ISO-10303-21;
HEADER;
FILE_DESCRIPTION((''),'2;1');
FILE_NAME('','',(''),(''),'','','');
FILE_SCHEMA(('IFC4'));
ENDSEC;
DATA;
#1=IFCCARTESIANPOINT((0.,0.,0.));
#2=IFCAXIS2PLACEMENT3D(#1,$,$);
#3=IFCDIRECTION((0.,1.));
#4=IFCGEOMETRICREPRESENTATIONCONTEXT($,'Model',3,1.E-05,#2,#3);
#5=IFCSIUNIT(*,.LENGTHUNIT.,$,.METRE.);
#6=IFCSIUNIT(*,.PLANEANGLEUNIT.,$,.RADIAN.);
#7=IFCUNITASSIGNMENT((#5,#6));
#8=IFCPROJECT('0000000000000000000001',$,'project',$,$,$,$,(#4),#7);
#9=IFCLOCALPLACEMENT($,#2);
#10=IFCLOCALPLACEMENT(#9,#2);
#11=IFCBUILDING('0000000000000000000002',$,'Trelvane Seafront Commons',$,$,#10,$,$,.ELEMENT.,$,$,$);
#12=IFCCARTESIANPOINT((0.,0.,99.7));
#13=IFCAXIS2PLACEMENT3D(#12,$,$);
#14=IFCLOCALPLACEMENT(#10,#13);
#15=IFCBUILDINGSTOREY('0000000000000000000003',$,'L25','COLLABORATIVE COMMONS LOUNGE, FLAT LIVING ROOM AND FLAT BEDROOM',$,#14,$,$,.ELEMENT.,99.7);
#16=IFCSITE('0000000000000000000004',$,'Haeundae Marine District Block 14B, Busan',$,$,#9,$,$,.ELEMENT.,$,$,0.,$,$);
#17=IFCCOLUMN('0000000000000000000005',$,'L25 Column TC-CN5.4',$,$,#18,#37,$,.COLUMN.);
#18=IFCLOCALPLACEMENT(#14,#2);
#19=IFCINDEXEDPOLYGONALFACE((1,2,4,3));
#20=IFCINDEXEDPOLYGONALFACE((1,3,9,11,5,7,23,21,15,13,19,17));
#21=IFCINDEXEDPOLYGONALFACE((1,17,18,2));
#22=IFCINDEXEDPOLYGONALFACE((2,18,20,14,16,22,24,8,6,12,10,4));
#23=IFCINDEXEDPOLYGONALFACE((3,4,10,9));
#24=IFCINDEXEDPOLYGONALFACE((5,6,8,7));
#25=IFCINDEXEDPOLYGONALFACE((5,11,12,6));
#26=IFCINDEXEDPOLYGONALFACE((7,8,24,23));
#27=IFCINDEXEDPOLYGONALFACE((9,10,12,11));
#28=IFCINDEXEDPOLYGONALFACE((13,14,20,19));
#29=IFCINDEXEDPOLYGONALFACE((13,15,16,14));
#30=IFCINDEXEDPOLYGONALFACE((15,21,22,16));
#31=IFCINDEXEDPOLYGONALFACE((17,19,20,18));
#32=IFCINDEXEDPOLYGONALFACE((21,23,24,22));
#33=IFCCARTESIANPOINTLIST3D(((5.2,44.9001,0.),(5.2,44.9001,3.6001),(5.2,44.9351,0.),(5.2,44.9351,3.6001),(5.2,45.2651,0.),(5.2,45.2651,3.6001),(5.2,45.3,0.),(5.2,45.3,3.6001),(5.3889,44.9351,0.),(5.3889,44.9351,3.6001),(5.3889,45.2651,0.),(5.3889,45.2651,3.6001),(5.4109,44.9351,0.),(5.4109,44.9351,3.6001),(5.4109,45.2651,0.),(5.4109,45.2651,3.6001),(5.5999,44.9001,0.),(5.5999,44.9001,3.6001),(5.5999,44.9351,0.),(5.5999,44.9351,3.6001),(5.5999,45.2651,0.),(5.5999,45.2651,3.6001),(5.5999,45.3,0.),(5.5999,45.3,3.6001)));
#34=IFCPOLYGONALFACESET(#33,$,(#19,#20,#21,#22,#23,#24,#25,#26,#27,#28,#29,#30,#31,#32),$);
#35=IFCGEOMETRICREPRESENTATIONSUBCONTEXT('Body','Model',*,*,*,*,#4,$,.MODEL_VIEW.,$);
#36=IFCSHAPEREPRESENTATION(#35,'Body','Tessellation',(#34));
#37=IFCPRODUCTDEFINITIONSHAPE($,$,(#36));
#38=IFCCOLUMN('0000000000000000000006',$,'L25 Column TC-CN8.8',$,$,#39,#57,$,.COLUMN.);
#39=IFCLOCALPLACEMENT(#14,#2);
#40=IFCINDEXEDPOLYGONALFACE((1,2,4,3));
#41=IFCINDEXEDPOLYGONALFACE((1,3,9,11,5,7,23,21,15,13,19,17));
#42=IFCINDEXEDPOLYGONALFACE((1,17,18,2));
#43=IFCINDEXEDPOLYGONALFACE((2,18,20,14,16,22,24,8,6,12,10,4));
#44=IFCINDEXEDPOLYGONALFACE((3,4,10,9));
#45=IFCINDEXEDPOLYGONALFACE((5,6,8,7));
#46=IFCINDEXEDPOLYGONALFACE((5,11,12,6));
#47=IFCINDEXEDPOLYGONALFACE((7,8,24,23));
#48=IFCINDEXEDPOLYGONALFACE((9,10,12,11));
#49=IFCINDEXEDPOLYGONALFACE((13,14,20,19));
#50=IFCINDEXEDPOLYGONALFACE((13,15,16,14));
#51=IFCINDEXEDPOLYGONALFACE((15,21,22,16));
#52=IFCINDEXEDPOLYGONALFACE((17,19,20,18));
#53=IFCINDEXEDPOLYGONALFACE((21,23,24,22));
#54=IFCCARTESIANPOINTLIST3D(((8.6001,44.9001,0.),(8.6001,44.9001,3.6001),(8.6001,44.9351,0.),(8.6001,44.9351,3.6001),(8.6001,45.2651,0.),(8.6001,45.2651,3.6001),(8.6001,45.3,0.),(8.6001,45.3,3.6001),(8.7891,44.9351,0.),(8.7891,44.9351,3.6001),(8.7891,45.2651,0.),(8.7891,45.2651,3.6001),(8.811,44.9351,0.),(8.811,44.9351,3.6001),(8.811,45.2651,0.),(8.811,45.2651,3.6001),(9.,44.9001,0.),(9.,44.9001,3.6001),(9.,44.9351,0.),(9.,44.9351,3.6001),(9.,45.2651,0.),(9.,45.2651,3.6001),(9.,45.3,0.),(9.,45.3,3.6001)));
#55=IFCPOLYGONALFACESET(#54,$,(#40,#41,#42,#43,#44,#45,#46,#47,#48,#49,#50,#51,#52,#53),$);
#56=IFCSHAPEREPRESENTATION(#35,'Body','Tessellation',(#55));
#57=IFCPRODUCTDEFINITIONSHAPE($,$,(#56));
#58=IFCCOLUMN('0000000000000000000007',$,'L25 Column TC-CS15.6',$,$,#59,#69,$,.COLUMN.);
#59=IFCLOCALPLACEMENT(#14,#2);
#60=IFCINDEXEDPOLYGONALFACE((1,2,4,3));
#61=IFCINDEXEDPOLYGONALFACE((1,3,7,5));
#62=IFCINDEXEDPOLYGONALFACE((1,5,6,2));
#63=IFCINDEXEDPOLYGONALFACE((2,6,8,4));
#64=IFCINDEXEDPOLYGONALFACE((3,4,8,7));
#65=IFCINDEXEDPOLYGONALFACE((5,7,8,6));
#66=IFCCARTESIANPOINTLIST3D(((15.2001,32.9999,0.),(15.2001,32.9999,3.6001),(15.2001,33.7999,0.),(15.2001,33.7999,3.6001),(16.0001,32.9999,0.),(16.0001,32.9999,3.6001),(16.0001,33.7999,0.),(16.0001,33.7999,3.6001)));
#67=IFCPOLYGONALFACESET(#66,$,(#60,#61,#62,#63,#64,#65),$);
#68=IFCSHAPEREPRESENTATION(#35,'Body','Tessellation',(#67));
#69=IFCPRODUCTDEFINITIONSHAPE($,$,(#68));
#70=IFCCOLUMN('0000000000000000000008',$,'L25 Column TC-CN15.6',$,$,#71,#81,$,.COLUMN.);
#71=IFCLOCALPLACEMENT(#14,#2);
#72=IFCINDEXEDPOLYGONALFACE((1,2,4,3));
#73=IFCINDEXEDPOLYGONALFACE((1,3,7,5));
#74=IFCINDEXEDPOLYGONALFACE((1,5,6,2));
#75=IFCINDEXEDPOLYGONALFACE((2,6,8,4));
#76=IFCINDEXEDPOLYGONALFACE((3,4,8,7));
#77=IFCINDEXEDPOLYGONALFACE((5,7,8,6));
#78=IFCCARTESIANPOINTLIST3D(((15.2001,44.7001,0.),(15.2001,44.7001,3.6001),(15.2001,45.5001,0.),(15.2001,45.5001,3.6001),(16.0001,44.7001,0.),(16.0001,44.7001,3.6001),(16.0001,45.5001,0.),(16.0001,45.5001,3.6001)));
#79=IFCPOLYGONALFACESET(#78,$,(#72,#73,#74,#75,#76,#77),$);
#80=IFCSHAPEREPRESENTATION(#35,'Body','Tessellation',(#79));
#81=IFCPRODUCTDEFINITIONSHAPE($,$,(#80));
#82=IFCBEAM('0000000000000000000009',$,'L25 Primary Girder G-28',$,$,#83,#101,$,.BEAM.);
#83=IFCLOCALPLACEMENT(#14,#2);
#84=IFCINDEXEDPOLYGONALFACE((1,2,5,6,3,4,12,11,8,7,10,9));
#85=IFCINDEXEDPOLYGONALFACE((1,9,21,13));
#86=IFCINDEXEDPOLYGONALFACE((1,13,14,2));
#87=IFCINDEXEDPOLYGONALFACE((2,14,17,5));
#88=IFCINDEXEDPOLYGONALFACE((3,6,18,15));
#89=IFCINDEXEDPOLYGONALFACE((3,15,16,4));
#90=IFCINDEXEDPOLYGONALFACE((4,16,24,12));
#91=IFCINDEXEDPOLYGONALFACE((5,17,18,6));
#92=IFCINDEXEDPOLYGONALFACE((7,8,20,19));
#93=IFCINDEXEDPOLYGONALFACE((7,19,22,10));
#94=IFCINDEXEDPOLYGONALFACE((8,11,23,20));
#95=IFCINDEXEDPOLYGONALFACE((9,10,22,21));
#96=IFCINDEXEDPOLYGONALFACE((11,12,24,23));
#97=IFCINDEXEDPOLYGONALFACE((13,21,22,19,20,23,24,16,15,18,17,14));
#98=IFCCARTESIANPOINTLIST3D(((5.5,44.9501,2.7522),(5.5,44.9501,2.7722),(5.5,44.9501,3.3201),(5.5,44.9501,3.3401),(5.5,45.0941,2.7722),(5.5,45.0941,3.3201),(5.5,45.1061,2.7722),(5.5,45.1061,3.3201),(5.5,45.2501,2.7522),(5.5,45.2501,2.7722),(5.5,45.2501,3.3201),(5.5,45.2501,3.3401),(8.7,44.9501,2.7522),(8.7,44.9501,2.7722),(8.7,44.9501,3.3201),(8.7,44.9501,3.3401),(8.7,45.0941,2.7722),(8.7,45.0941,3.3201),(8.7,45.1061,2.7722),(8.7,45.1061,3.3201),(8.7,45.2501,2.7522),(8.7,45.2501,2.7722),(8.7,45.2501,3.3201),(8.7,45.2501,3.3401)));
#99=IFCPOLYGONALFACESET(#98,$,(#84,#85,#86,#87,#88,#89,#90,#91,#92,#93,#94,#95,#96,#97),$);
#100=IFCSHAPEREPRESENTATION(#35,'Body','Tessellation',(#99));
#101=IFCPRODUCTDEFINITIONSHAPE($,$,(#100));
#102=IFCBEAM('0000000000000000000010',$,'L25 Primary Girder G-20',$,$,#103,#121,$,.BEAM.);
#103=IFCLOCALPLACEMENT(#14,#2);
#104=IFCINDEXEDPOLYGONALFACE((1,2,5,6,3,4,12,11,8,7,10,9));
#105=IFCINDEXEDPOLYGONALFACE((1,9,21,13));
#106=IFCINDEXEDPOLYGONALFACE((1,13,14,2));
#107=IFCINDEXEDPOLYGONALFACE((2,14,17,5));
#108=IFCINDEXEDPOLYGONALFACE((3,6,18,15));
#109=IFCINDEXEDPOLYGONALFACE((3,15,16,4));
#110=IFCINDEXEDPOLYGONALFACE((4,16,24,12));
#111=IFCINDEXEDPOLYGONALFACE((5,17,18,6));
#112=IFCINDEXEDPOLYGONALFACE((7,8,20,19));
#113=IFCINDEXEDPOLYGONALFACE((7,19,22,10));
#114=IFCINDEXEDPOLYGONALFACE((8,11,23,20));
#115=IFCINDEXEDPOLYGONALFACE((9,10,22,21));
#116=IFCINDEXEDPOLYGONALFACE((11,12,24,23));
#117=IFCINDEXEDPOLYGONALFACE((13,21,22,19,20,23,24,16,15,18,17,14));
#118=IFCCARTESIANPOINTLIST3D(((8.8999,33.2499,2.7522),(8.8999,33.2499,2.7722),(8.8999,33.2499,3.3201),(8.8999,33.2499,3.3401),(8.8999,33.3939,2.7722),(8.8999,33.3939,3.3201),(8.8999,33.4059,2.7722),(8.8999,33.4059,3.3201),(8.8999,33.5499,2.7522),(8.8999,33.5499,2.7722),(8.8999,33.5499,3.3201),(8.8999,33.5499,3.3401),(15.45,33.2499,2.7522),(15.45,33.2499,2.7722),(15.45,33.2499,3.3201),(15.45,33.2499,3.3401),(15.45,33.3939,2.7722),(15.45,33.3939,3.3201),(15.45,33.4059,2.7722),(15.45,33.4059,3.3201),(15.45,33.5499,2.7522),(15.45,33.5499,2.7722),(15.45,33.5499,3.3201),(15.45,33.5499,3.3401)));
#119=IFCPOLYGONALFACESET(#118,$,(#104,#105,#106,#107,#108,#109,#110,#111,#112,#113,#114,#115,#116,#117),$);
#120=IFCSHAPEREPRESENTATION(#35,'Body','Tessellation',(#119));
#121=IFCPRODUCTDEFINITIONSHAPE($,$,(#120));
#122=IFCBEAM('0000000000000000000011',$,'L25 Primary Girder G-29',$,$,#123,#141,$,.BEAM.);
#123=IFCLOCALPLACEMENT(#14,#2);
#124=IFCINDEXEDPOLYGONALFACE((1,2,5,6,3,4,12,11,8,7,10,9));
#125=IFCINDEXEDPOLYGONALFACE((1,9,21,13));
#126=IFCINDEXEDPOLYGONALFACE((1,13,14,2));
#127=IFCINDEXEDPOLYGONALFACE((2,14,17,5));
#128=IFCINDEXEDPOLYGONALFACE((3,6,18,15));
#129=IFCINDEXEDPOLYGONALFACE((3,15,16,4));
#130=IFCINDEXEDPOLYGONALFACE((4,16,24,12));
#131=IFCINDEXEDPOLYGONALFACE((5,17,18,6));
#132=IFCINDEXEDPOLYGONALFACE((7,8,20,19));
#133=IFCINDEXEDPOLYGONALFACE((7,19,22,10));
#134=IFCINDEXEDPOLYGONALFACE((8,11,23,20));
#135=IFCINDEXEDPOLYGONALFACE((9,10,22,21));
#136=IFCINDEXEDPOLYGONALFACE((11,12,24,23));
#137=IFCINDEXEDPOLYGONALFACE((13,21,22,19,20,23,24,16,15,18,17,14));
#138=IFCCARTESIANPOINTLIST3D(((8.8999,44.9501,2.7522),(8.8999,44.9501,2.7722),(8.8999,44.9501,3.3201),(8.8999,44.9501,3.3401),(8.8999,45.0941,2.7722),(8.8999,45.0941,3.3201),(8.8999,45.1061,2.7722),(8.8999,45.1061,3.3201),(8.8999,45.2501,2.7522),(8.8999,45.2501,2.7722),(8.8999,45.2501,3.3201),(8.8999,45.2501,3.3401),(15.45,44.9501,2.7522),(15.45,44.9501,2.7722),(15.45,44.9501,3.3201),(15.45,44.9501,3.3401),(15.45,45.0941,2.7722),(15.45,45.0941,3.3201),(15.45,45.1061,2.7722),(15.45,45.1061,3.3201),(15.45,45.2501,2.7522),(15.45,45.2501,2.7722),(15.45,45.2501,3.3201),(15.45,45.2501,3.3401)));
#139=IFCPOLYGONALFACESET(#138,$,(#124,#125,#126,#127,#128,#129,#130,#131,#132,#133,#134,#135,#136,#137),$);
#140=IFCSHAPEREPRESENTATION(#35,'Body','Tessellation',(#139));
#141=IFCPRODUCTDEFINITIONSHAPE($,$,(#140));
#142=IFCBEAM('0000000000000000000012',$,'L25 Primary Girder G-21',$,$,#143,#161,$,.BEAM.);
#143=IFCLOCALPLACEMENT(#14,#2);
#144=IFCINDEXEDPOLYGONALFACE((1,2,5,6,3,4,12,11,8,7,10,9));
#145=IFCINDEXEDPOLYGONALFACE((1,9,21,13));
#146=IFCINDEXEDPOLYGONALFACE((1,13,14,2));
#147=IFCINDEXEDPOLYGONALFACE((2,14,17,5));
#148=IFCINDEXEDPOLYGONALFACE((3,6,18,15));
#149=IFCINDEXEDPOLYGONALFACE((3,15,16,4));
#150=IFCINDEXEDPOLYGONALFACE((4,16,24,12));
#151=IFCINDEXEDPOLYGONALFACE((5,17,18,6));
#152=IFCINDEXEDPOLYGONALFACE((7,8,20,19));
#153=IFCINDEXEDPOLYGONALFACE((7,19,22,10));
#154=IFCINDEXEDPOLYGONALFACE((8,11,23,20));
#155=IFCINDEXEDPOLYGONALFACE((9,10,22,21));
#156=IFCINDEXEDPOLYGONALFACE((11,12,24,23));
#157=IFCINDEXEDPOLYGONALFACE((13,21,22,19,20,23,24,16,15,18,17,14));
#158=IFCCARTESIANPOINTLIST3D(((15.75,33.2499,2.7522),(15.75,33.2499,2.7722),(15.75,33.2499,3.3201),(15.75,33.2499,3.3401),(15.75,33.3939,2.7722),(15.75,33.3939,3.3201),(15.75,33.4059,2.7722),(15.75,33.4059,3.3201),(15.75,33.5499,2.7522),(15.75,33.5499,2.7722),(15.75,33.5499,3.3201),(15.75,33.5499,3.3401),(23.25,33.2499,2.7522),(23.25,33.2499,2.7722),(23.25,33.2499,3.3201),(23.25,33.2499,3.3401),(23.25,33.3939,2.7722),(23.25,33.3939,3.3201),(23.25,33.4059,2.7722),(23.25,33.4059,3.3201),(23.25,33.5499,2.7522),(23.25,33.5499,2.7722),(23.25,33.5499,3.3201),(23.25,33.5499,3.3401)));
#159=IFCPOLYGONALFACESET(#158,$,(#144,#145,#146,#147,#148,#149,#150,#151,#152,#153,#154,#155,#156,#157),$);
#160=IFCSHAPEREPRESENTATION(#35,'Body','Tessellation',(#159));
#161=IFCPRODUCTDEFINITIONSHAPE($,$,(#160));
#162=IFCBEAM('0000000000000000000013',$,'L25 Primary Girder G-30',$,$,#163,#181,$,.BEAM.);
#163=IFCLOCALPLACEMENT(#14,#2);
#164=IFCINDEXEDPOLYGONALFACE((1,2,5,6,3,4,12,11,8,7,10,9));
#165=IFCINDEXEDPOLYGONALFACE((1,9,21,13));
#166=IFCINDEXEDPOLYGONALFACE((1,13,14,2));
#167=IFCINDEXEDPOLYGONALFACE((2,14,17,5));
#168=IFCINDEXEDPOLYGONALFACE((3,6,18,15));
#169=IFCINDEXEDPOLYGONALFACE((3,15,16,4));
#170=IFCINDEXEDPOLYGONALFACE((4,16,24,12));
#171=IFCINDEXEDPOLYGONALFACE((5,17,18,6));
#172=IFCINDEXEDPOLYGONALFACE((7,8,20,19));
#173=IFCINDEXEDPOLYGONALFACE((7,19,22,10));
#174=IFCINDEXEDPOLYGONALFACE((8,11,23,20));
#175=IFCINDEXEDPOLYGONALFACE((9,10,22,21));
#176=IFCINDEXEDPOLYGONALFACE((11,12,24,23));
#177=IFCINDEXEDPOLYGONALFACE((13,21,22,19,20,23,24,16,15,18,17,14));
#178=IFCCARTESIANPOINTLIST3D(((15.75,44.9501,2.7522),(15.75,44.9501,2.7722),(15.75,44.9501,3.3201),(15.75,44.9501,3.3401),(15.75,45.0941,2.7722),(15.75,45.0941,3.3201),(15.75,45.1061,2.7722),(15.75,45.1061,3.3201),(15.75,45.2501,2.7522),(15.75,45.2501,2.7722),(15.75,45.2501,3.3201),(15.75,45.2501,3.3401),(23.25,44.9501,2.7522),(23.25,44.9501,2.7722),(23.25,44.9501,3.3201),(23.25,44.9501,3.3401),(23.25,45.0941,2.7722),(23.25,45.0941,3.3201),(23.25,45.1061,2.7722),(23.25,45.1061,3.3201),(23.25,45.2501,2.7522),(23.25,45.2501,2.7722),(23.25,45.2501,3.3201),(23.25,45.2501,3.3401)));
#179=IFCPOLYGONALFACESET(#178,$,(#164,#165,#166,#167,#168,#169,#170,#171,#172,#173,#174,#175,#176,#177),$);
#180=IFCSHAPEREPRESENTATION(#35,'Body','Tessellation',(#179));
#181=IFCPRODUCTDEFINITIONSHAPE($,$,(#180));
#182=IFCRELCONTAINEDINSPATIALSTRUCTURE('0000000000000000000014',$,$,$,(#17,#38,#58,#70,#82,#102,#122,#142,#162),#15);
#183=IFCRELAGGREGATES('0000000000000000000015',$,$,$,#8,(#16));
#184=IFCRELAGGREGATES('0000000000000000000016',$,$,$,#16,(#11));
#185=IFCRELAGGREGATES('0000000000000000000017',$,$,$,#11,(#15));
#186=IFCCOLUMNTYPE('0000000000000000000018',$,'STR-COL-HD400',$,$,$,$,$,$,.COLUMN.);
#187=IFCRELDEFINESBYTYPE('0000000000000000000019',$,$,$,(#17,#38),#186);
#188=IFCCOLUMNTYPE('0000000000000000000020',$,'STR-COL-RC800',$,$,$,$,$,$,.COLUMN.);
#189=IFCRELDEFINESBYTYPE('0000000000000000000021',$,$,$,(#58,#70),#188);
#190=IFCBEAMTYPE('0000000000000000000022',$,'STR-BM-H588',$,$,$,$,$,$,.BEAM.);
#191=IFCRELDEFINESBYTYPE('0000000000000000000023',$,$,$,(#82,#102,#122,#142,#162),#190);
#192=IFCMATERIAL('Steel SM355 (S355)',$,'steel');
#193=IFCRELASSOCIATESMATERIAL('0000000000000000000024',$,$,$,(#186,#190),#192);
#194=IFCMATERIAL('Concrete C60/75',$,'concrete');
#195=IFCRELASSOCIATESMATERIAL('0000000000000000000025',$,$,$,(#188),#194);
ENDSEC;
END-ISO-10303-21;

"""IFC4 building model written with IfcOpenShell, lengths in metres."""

from ifc_helpers import new_model, si_unit, direction, frame, origin, origin_2d, place, context, subcontext, project, spatial, rectangle, i_section, extrude, source, transform, mapped, material, material_profile, profile_set, type_object, element, save


model = new_model("IFC4")

# Units and contexts
model_context = context("Model", 3, precision=1e-05, world=origin(), true_north=direction((0.0, 1.0)))
body_context = subcontext(model_context, "Body", "Model", "MODEL_VIEW")
ifc_project = project(units=[si_unit("LENGTHUNIT", "METRE"), si_unit("PLANEANGLEUNIT", "RADIAN")], contexts=[model_context])

# Site, building, storey
site_placement = place(None, origin())
site = spatial("IfcSite", under=ifc_project, at=site_placement, Name="Haeundae Marine District Block 14B, Busan", CompositionType="ELEMENT", RefElevation=0.0)
building_placement = place(site_placement, origin())
building = spatial("IfcBuilding", under=site, at=building_placement, Name="Trelvane Seafront Commons", CompositionType="ELEMENT")
storey_placement = place(building_placement, frame((0.0, 0.0, 99.7)))
storey = spatial("IfcBuildingStorey", under=building, at=storey_placement, Name="L25", Description="COLLABORATIVE COMMONS LOUNGE, FLAT LIVING ROOM AND FLAT BEDROOM", CompositionType="ELEMENT", Elevation=99.7)

# Columns
ifc_material_1 = material(Name="Steel SM355 (S355)", Category="steel")
ifc_material_profile_1 = material_profile(ifc_material_1, i_section(OverallWidth=0.3999, OverallDepth=0.3999, WebThickness=0.022, FlangeThickness=0.0349, at=origin_2d()), Name="HD-400x400x22x35")
ifc_profile_set_1 = profile_set([ifc_material_profile_1], Name="Steel SM355 (S355)")
column_type_1 = type_object("IfcColumnType", Name="STR-COL-HD400", PredefinedType="COLUMN", material=ifc_profile_set_1)
shared_shape_1 = source(origin(), body_context, "Body", "SweptSolid", [
    extrude(i_section(OverallWidth=0.3999, OverallDepth=0.3999, WebThickness=0.022, FlangeThickness=0.0349, at=origin_2d()), origin(), (0.0, 0.0, 1.0), 3.6001),
])
for number, where, z_axis, x_axis, name in (
    (1, (5.3999, 45.1001, 0.0), (0.0, 0.0, 1.0), (1.0, 0.0, 0.0), "L25 Column TC-CN5.4"),
    (2, (8.8, 45.1001, 0.0), (0.0, 0.0, 1.0), (1.0, 0.0, 0.0), "L25 Column TC-CN8.8"),
):
    element("IfcColumn", number, at=place(storey_placement, frame(where, z_axis=z_axis, x_axis=x_axis)), inside=storey, type_object=column_type_1, Name=name, PredefinedType="COLUMN", context=body_context, shape_type="MappedRepresentation", body=[
        mapped(shared_shape_1, transform((0.0, 0.0, 0.0), x_axis=(1.0, 0.0, 0.0), y_axis=(0.0, 1.0, 0.0), z_axis=(0.0, 0.0, 1.0), scale=1.0)),
    ])
ifc_material_2 = material(Name="Concrete C60/75", Category="concrete")
ifc_material_profile_2 = material_profile(ifc_material_2, rectangle(XDim=0.8, YDim=0.8, at=origin_2d()), Name="RC-800x800")
ifc_profile_set_2 = profile_set([ifc_material_profile_2], Name="Concrete C60/75")
column_type_2 = type_object("IfcColumnType", Name="STR-COL-RC800", PredefinedType="COLUMN", material=ifc_profile_set_2)
shared_shape_2 = source(origin(), body_context, "Body", "SweptSolid", [
    extrude(rectangle(XDim=0.8, YDim=0.8, at=origin_2d()), origin(), (0.0, 0.0, 1.0), 3.6001),
])
for number, where, z_axis, x_axis, name in (
    (3, (15.6001, 33.3999, 0.0), (0.0, 0.0, 1.0), (1.0, 0.0, 0.0), "L25 Column TC-CS15.6"),
    (4, (15.6001, 45.1001, 0.0), (0.0, 0.0, 1.0), (1.0, 0.0, 0.0), "L25 Column TC-CN15.6"),
):
    element("IfcColumn", number, at=place(storey_placement, frame(where, z_axis=z_axis, x_axis=x_axis)), inside=storey, type_object=column_type_2, Name=name, PredefinedType="COLUMN", context=body_context, shape_type="MappedRepresentation", body=[
        mapped(shared_shape_2, transform((0.0, 0.0, 0.0), x_axis=(1.0, 0.0, 0.0), y_axis=(0.0, 1.0, 0.0), z_axis=(0.0, 0.0, 1.0), scale=1.0)),
    ])

# Beams
ifc_material_profile_3 = material_profile(ifc_material_1, i_section(OverallWidth=0.3, OverallDepth=0.5879, WebThickness=0.012, FlangeThickness=0.02, at=origin_2d()), Name="H-588x300x12x20")
ifc_profile_set_3 = profile_set([ifc_material_profile_3], Name="Steel SM355 (S355)")
beam_type_1 = type_object("IfcBeamType", Name="STR-BM-H588", PredefinedType="BEAM", material=ifc_profile_set_3)
shared_shape_3 = source(origin(), body_context, "Body", "SweptSolid", [
    extrude(i_section(OverallWidth=0.3, OverallDepth=0.5879, WebThickness=0.012, FlangeThickness=0.02, at=origin_2d()), origin(), (0.0, 0.0, 1.0), 3.2),
])
beam_1_placement = place(storey_placement, frame((5.5, 45.1001, 3.0461), z_axis=(1.0, 0.0, 0.0), x_axis=(0.0, 1.0, 0.0)))
element("IfcBeam", 5, at=beam_1_placement, inside=storey, type_object=beam_type_1, Name="L25 Primary Girder G-28", PredefinedType="BEAM", context=body_context, shape_type="MappedRepresentation", body=[
    mapped(shared_shape_3, transform((0.0, 0.0, 0.0), x_axis=(1.0, 0.0, 0.0), y_axis=(0.0, 1.0, 0.0), z_axis=(0.0, 0.0, 1.0), scale=1.0)),
])
shared_shape_4 = source(origin(), body_context, "Body", "SweptSolid", [
    extrude(i_section(OverallWidth=0.3, OverallDepth=0.5879, WebThickness=0.012, FlangeThickness=0.02, at=origin_2d()), origin(), (0.0, 0.0, 1.0), 6.55),
])
for number, where, z_axis, x_axis, name in (
    (6, (8.8999, 33.3999, 3.0461), (1.0, 0.0, 0.0), (0.0, 1.0, 0.0), "L25 Primary Girder G-20"),
    (7, (8.8999, 45.1001, 3.0461), (1.0, 0.0, 0.0), (0.0, 1.0, 0.0), "L25 Primary Girder G-29"),
):
    element("IfcBeam", number, at=place(storey_placement, frame(where, z_axis=z_axis, x_axis=x_axis)), inside=storey, type_object=beam_type_1, Name=name, PredefinedType="BEAM", context=body_context, shape_type="MappedRepresentation", body=[
        mapped(shared_shape_4, transform((0.0, 0.0, 0.0), x_axis=(1.0, 0.0, 0.0), y_axis=(0.0, 1.0, 0.0), z_axis=(0.0, 0.0, 1.0), scale=1.0)),
    ])
shared_shape_5 = source(origin(), body_context, "Body", "SweptSolid", [
    extrude(i_section(OverallWidth=0.3, OverallDepth=0.5879, WebThickness=0.012, FlangeThickness=0.02, at=origin_2d()), origin(), (0.0, 0.0, 1.0), 7.5),
])
for number, where, z_axis, x_axis, name in (
    (8, (15.75, 33.3999, 3.0461), (1.0, 0.0, 0.0), (0.0, 1.0, 0.0), "L25 Primary Girder G-21"),
    (9, (15.75, 45.1001, 3.0461), (1.0, 0.0, 0.0), (0.0, 1.0, 0.0), "L25 Primary Girder G-30"),
):
    element("IfcBeam", number, at=place(storey_placement, frame(where, z_axis=z_axis, x_axis=x_axis)), inside=storey, type_object=beam_type_1, Name=name, PredefinedType="BEAM", context=body_context, shape_type="MappedRepresentation", body=[
        mapped(shared_shape_5, transform((0.0, 0.0, 0.0), x_axis=(1.0, 0.0, 0.0), y_axis=(0.0, 1.0, 0.0), z_axis=(0.0, 0.0, 1.0), scale=1.0)),
    ])

save(model, "model.ifc")
